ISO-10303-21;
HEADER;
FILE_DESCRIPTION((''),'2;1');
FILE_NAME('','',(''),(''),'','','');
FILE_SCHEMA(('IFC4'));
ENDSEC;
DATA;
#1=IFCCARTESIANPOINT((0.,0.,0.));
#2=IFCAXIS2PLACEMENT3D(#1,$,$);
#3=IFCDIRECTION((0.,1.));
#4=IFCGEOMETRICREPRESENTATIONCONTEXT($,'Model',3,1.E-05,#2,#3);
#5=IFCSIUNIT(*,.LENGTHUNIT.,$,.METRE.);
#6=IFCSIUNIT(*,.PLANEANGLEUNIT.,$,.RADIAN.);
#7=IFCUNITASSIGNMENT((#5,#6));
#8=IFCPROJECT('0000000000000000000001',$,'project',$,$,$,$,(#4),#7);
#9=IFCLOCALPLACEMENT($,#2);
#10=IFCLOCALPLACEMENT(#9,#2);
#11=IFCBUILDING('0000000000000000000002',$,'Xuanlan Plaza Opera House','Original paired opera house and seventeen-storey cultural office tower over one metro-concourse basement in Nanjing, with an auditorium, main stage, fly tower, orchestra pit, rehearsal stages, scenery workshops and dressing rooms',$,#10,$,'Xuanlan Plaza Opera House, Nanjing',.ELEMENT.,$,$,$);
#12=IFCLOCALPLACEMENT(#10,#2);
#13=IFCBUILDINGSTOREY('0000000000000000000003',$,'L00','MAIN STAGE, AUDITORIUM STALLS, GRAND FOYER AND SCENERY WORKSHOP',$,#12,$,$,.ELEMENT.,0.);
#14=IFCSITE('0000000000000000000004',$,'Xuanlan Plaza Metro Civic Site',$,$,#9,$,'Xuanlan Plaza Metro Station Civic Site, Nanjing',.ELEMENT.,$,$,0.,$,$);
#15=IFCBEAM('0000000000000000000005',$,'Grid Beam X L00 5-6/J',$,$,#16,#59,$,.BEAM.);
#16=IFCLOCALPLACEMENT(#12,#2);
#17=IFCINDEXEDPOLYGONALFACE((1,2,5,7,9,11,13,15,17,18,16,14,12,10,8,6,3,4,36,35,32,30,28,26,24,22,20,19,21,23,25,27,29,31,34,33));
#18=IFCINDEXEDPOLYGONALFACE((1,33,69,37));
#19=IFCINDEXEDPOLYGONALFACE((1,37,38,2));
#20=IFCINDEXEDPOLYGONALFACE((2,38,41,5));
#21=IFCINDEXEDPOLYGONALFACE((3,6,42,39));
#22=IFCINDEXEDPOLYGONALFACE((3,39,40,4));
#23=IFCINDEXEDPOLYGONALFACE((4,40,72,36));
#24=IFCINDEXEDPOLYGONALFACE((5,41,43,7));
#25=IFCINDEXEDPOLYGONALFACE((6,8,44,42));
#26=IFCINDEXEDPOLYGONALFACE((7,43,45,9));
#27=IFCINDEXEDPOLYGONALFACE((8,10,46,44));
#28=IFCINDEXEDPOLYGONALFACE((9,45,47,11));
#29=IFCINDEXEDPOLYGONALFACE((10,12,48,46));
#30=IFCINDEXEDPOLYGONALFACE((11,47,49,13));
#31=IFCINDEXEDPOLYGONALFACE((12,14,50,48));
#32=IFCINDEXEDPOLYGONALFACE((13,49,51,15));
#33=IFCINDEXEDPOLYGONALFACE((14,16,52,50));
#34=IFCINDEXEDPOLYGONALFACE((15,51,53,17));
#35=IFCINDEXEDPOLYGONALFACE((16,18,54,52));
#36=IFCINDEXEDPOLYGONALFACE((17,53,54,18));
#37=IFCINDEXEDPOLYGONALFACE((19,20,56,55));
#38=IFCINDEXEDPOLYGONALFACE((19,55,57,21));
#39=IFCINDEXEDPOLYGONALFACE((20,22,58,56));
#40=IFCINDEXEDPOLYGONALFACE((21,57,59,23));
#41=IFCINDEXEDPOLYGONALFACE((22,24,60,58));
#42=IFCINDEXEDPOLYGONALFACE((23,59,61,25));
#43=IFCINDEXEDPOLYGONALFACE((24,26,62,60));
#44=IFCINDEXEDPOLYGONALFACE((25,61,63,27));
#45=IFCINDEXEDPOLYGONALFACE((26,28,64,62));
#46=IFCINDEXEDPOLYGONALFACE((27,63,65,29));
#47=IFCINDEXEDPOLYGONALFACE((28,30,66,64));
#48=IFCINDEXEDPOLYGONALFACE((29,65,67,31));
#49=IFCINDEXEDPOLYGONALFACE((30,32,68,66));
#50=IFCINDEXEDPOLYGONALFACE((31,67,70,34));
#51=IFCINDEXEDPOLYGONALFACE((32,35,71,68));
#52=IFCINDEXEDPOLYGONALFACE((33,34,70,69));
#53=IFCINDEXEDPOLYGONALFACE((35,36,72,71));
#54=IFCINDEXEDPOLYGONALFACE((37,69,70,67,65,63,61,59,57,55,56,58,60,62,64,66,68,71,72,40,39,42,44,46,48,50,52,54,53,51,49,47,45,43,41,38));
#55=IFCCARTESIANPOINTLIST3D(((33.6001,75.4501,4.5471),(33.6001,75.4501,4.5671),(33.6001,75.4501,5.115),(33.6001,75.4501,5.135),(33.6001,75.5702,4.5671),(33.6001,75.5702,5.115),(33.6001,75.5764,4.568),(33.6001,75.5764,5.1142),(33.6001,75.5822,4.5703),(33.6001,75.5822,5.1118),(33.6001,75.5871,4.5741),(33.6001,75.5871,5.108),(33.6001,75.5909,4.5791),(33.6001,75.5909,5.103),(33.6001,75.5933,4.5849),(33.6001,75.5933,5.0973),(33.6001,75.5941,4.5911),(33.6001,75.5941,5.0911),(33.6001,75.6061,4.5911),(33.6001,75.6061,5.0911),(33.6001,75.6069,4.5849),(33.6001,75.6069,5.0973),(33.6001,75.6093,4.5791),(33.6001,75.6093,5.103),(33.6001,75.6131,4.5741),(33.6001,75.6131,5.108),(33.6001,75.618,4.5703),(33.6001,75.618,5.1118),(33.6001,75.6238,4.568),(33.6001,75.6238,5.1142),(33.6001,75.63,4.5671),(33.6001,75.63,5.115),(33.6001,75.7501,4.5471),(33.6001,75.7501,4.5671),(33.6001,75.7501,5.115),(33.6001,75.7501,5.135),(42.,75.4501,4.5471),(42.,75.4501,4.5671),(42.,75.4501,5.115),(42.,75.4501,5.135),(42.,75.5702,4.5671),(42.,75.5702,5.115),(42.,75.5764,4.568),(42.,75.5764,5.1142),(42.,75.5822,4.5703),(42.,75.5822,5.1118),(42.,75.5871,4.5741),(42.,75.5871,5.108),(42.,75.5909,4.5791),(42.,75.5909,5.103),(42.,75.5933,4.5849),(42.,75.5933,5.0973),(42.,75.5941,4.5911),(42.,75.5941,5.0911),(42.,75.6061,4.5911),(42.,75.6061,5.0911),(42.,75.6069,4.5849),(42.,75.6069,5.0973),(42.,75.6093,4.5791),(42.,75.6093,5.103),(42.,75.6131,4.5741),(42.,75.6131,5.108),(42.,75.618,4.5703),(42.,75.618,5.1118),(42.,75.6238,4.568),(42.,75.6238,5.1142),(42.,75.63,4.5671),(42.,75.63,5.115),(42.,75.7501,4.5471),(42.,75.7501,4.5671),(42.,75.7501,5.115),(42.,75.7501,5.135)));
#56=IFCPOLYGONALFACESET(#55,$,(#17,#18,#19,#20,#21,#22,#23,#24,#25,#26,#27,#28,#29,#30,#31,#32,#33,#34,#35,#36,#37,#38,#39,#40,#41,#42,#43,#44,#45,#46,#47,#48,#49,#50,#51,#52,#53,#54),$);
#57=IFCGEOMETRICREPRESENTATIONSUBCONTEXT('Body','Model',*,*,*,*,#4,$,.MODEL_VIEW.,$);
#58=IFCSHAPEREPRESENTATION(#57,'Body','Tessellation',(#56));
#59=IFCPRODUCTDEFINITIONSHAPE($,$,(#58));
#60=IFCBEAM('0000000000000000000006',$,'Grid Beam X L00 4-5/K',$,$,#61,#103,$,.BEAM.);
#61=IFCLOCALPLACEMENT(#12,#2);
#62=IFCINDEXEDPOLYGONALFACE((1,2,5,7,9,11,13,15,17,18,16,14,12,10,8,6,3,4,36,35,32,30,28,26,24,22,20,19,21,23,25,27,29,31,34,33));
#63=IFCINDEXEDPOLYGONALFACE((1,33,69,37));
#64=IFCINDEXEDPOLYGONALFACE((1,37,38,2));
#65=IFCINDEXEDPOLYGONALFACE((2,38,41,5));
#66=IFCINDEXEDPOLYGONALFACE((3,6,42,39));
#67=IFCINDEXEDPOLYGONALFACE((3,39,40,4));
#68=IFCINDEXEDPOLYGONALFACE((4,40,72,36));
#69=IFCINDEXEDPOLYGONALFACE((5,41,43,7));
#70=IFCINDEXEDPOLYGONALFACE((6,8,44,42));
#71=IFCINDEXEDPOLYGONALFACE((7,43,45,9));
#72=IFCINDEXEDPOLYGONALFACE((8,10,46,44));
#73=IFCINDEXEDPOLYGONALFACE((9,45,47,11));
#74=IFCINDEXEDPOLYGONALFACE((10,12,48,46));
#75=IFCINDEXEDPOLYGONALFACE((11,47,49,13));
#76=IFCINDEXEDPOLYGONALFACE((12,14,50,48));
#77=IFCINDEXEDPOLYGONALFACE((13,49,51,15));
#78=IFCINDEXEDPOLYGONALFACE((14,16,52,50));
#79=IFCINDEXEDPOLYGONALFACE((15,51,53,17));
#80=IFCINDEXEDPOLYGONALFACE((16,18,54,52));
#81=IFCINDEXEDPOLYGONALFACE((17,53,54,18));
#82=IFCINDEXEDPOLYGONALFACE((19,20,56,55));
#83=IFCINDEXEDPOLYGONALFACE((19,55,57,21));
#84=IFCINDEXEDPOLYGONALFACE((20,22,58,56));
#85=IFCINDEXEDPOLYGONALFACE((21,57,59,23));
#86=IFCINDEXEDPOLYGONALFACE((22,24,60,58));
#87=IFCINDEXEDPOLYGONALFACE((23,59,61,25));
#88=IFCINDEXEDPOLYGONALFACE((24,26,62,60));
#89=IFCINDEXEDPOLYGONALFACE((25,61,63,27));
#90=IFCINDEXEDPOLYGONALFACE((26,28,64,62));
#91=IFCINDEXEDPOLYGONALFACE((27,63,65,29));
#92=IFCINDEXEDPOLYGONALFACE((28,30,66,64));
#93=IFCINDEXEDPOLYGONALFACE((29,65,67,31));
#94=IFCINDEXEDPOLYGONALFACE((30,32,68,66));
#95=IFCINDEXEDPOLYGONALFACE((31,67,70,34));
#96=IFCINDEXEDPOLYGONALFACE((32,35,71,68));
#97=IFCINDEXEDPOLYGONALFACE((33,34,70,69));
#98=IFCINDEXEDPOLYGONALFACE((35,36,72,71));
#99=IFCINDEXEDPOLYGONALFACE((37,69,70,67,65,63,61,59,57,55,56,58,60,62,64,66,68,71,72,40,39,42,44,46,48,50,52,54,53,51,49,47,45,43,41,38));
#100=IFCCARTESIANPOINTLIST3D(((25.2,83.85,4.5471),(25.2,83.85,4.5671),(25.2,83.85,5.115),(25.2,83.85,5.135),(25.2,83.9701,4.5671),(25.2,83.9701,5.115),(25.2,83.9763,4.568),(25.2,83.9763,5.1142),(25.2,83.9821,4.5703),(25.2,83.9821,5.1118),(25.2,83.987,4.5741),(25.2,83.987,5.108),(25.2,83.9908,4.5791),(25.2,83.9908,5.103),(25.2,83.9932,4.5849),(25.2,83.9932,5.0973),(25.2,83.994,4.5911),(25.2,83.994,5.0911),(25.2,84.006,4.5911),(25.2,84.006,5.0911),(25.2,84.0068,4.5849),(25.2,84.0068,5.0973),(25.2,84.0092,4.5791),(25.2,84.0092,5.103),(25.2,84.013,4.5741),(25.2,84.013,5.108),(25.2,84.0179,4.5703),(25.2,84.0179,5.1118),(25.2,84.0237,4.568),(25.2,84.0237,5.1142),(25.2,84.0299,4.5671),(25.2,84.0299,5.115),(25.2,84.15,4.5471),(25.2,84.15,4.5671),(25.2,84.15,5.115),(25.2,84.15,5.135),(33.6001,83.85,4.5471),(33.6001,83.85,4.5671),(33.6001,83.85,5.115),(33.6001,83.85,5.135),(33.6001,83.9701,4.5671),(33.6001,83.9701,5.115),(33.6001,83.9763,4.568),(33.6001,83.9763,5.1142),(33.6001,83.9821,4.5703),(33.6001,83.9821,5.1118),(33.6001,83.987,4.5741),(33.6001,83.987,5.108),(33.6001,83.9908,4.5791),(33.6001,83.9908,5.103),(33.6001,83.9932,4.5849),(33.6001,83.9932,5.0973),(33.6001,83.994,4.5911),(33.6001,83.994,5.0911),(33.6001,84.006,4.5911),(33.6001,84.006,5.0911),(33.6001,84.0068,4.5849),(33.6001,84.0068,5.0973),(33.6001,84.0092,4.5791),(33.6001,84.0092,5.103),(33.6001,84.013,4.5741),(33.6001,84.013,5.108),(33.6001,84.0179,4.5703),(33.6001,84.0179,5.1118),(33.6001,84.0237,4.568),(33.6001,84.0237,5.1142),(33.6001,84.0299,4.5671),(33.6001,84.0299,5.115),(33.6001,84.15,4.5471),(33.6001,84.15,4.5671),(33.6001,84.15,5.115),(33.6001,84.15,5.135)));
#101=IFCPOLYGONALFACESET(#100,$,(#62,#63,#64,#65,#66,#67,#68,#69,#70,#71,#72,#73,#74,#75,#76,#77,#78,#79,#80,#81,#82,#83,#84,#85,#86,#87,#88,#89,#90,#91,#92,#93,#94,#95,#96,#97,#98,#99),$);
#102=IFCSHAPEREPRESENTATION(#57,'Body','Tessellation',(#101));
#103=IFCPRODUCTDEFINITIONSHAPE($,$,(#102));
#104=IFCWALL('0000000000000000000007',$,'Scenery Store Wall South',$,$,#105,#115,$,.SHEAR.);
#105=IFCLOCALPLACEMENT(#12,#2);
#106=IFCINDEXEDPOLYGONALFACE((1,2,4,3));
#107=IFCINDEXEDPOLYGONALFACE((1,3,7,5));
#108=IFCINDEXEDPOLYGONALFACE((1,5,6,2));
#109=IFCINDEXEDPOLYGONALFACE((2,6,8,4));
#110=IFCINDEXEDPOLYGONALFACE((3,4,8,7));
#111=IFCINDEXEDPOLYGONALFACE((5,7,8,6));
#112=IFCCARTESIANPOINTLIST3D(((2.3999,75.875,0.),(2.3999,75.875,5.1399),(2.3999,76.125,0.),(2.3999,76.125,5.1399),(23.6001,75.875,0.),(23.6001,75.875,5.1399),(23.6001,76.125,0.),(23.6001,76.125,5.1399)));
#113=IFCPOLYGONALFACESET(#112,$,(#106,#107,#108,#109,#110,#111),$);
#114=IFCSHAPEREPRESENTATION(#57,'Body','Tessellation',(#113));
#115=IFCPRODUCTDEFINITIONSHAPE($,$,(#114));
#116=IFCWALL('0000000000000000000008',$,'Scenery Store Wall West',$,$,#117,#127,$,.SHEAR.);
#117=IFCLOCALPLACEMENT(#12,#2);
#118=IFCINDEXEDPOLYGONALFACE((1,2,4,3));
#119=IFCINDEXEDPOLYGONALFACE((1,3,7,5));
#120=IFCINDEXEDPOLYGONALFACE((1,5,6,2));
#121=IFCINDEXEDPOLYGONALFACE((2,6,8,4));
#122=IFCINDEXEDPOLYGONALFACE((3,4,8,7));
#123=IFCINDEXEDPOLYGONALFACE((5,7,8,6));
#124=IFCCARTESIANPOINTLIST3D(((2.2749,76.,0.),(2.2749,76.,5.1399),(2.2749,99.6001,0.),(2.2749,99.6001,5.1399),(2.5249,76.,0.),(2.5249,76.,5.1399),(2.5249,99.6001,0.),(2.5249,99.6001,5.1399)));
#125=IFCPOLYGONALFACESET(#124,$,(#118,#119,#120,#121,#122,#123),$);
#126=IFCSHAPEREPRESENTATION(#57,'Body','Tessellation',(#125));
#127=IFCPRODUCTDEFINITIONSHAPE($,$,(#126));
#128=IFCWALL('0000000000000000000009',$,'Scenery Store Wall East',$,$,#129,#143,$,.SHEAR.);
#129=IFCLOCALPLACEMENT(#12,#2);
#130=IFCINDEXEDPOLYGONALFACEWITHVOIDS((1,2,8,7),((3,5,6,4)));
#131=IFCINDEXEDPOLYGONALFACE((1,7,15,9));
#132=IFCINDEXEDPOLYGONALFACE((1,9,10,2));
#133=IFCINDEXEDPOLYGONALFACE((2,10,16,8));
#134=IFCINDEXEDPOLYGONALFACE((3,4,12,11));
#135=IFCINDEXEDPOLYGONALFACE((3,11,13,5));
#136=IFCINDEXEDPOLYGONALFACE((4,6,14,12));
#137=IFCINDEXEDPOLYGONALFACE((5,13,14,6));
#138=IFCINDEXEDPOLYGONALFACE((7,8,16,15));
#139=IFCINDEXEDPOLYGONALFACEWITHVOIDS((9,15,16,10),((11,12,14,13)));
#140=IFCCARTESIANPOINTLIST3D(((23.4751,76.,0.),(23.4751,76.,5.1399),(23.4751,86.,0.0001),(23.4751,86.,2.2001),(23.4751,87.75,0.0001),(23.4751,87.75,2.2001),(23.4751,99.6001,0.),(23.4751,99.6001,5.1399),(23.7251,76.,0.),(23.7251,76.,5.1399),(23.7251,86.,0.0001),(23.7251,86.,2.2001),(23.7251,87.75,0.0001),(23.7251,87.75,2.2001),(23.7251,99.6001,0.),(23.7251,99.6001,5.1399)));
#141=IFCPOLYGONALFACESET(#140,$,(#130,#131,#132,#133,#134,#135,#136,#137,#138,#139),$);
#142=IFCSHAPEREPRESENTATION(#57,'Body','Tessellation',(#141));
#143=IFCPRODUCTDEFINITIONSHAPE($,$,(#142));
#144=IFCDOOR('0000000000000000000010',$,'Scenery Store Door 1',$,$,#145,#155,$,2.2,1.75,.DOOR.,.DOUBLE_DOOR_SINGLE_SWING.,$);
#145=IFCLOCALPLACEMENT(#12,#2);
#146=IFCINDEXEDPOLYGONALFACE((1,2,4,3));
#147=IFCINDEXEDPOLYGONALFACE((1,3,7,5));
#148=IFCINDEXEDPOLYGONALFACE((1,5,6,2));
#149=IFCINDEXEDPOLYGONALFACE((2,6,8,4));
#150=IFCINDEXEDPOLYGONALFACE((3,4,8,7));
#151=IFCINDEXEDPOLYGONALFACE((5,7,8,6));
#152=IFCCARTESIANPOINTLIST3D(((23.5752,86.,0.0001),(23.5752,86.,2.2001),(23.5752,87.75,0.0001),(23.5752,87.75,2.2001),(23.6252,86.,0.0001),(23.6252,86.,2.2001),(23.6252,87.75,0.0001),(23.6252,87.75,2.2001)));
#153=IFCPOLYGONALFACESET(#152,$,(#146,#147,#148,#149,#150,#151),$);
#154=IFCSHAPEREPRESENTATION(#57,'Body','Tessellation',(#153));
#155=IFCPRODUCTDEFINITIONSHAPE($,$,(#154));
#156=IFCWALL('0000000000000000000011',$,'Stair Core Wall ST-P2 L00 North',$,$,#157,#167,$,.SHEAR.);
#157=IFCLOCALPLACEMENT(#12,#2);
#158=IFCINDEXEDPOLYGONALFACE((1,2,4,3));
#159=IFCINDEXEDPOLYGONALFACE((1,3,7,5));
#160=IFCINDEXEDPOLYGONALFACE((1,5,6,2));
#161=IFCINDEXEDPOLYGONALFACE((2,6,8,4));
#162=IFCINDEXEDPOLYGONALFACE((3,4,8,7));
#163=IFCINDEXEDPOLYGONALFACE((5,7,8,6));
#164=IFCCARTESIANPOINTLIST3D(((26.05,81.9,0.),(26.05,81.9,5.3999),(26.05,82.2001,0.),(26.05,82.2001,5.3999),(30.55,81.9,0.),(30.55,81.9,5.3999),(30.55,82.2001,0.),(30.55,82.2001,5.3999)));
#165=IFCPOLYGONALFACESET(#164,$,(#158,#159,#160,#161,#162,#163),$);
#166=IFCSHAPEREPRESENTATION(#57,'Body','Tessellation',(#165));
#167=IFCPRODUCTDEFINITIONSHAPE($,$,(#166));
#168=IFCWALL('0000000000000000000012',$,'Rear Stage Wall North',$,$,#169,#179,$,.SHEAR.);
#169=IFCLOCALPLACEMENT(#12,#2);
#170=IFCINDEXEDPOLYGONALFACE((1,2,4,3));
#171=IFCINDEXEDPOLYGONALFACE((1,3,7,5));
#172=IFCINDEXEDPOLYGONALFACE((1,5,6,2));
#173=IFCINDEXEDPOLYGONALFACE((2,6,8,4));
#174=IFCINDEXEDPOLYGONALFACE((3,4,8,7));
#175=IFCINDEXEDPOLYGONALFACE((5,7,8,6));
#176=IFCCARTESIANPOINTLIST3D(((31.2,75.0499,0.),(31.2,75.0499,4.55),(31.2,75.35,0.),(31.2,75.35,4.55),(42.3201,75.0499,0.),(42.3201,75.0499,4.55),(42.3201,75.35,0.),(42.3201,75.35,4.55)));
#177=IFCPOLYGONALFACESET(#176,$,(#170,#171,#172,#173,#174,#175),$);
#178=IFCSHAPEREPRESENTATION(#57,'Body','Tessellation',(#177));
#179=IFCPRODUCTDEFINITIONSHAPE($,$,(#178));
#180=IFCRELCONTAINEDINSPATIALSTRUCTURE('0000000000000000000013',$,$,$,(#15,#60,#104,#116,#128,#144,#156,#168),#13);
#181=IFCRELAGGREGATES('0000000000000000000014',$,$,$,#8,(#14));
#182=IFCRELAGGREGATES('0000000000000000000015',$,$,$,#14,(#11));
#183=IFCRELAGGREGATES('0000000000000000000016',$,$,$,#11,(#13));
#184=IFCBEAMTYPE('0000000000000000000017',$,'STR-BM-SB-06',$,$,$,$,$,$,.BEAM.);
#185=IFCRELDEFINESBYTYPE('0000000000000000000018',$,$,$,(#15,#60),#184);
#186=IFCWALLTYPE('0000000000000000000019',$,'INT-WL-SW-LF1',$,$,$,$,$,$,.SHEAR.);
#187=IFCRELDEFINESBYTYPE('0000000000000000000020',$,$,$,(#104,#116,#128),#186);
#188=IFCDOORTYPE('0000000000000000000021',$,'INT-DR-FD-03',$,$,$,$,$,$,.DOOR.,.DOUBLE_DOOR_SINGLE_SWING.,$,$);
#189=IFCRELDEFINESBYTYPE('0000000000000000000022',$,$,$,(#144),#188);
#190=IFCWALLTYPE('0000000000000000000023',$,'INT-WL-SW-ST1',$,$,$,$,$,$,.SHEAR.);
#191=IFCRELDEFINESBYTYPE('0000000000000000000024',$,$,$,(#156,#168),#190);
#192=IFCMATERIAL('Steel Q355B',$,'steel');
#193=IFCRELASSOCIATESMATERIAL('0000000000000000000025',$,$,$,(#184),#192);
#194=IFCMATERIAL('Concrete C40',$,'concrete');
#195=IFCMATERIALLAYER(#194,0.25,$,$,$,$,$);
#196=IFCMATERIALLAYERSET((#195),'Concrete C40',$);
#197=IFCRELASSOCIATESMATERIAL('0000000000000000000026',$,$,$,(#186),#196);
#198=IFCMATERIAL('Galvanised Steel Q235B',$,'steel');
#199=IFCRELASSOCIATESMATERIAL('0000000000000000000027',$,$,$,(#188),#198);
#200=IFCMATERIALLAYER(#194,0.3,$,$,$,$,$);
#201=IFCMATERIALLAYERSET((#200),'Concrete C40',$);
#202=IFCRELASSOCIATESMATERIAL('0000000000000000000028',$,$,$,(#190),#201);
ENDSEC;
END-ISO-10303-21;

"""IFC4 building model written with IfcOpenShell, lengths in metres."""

from ifc_helpers import new_model, si_unit, direction, frame, frame_2d, origin, origin_2d, place, context, subcontext, project, spatial, rectangle, i_section, extrude, material, layer, layer_set, material_profile, profile_set, type_object, element, fill, save


model = new_model("IFC4")

# Units and contexts
model_context = context("Model", 3, precision=1e-05, world=origin(), true_north=direction((0.0, 1.0)))
body_context = subcontext(model_context, "Body", "Model", "MODEL_VIEW")
ifc_project = project(units=[si_unit("LENGTHUNIT", "METRE"), si_unit("PLANEANGLEUNIT", "RADIAN")], contexts=[model_context])

# Site, building, storey
site_placement = place(None, origin())
site = spatial("IfcSite", under=ifc_project, at=site_placement, Name="Xuanlan Plaza Metro Civic Site", LongName="Xuanlan Plaza Metro Station Civic Site, Nanjing", CompositionType="ELEMENT", RefElevation=0.0)
building_placement = place(site_placement, origin())
building = spatial("IfcBuilding", under=site, at=building_placement, Name="Xuanlan Plaza Opera House", Description="Original paired opera house and seventeen-storey cultural office tower over one metro-concourse basement in Nanjing, with an auditorium, main stage, fly tower, orchestra pit, rehearsal stages, scenery workshops and dressing rooms", LongName="Xuanlan Plaza Opera House, Nanjing", CompositionType="ELEMENT")
storey_placement = place(building_placement, origin())
storey = spatial("IfcBuildingStorey", under=building, at=storey_placement, Name="L00", Description="MAIN STAGE, AUDITORIUM STALLS, GRAND FOYER AND SCENERY WORKSHOP", CompositionType="ELEMENT", Elevation=0.0)

# Shared definitions
ifc_material_1 = material(Name="Concrete C40", Category="concrete")

# Beams
ifc_material_2 = material(Name="Steel Q355B", Category="steel")
ifc_material_profile_1 = material_profile(ifc_material_2, i_section(OverallWidth=0.3, OverallDepth=0.5879, WebThickness=0.012, FlangeThickness=0.02, FilletRadius=0.0239, at=origin_2d()), Name="HM 588x300x12x20")
ifc_profile_set_1 = profile_set([ifc_material_profile_1], Name="Steel Q355B")
beam_type_1 = type_object("IfcBeamType", Name="STR-BM-SB-06", PredefinedType="BEAM", material=ifc_profile_set_1)
beam_1_placement = place(storey_placement, frame((33.6001, 75.6001, 4.8411), z_axis=(1.0, 0.0, 0.0), x_axis=(0.0, 1.0, 0.0)))
element("IfcBeam", 1, at=beam_1_placement, inside=storey, type_object=beam_type_1, Name="Grid Beam X L00 5-6/J", PredefinedType="BEAM", context=body_context, shape_type="SweptSolid", body=[
    extrude(i_section(OverallWidth=0.3, OverallDepth=0.5879, WebThickness=0.012, FlangeThickness=0.02, FilletRadius=0.0239, at=origin_2d()), origin(), (0.0, 0.0, 1.0), 8.3999),
])
beam_2_placement = place(storey_placement, frame((25.2, 84.0, 4.8411), z_axis=(1.0, 0.0, 0.0), x_axis=(0.0, 1.0, 0.0)))
element("IfcBeam", 2, at=beam_2_placement, inside=storey, type_object=beam_type_1, Name="Grid Beam X L00 4-5/K", PredefinedType="BEAM", context=body_context, shape_type="SweptSolid", body=[
    extrude(i_section(OverallWidth=0.3, OverallDepth=0.5879, WebThickness=0.012, FlangeThickness=0.02, FilletRadius=0.0239, at=origin_2d()), origin(), (0.0, 0.0, 1.0), 8.4001),
])

# Walls
ifc_layer_1 = layer(ifc_material_1, 0.25)
ifc_layer_set_1 = layer_set([ifc_layer_1], Name="Concrete C40")
wall_type_1 = type_object("IfcWallType", Name="INT-WL-SW-LF1", PredefinedType="SHEAR", material=ifc_layer_set_1)
wall_1_placement = place(storey_placement, frame((2.3999, 76.0, 0.0), z_axis=(0.0, 0.0, 1.0), x_axis=(1.0, 0.0, 0.0)))
element("IfcWall", 3, at=wall_1_placement, inside=storey, type_object=wall_type_1, Name="Scenery Store Wall South", PredefinedType="SHEAR", context=body_context, shape_type="SweptSolid", body=[
    extrude(rectangle(XDim=21.2002, YDim=0.25, at=frame_2d((10.6001, 0.0))), origin(), (0.0, 0.0, 1.0), 5.1399),
])
wall_2_placement = place(storey_placement, frame((2.3999, 76.0, 0.0), z_axis=(0.0, 0.0, 1.0), x_axis=(0.0, 1.0, 0.0)))
element("IfcWall", 4, at=wall_2_placement, inside=storey, type_object=wall_type_1, Name="Scenery Store Wall West", PredefinedType="SHEAR", context=body_context, shape_type="SweptSolid", body=[
    extrude(rectangle(XDim=23.6001, YDim=0.25, at=frame_2d((11.8, 0.0))), origin(), (0.0, 0.0, 1.0), 5.1399),
])

# Wall, opening, door
wall_3_placement = place(storey_placement, frame((23.6001, 76.0, 0.0), z_axis=(0.0, 0.0, 1.0), x_axis=(0.0, 1.0, 0.0)))
wall_3 = element("IfcWall", 5, at=wall_3_placement, inside=storey, type_object=wall_type_1, Name="Scenery Store Wall East", PredefinedType="SHEAR", context=body_context, shape_type="SweptSolid", body=[
    extrude(rectangle(XDim=23.6001, YDim=0.25, at=frame_2d((11.8, 0.0))), origin(), (0.0, 0.0, 1.0), 5.1399),
])
opening_placement = place(wall_3_placement, frame((10.0, 0.0, 0.0)))
opening = element("IfcOpeningElement", 6, at=opening_placement, cuts=wall_3, PredefinedType="OPENING", context=body_context, shape_type="SweptSolid", body=[
    extrude(rectangle(XDim=1.75, YDim=2.2, at=frame_2d((0.875, 1.1001))), frame((0.0, 0.135, 0.0), z_axis=(0.0, -1.0, 0.0), x_axis=(1.0, 0.0, 0.0)), (0.0, 0.0, 1.0), 0.27),
])
ifc_material_3 = material(Name="Galvanised Steel Q235B", Category="steel")
door_type = type_object("IfcDoorType", Name="INT-DR-FD-03", OperationType="DOUBLE_DOOR_SINGLE_SWING", PredefinedType="DOOR", material=ifc_material_3)
door_placement = place(opening_placement, origin())
door = element("IfcDoor", 7, at=door_placement, inside=storey, type_object=door_type, Name="Scenery Store Door 1", OperationType="DOUBLE_DOOR_SINGLE_SWING", OverallHeight=2.2, OverallWidth=1.75, PredefinedType="DOOR", context=body_context, shape_type="SweptSolid", body=[
    extrude(rectangle(XDim=1.75, YDim=2.2, at=frame_2d((0.875, 1.1001))), frame((0.0, 0.0249, 0.0), z_axis=(0.0, -1.0, 0.0), x_axis=(1.0, 0.0, 0.0)), (0.0, 0.0, 1.0), 0.05),
])
fill(opening, door)

# Walls
ifc_layer_2 = layer(ifc_material_1, 0.3)
ifc_layer_set_2 = layer_set([ifc_layer_2], Name="Concrete C40")
wall_type_2 = type_object("IfcWallType", Name="INT-WL-SW-ST1", PredefinedType="SHEAR", material=ifc_layer_set_2)
wall_4_placement = place(storey_placement, frame((26.05, 82.05, 0.0), z_axis=(0.0, 0.0, 1.0), x_axis=(1.0, 0.0, 0.0)))
element("IfcWall", 8, at=wall_4_placement, inside=storey, type_object=wall_type_2, Name="Stair Core Wall ST-P2 L00 North", PredefinedType="SHEAR", context=body_context, shape_type="SweptSolid", body=[
    extrude(rectangle(XDim=4.5, YDim=0.3, at=frame_2d((2.25, 0.0))), origin(), (0.0, 0.0, 1.0), 5.3999),
])
wall_5_placement = place(storey_placement, frame((31.2, 75.2, 0.0), z_axis=(0.0, 0.0, 1.0), x_axis=(1.0, 0.0, 0.0)))
element("IfcWall", 9, at=wall_5_placement, inside=storey, type_object=wall_type_2, Name="Rear Stage Wall North", PredefinedType="SHEAR", context=body_context, shape_type="SweptSolid", body=[
    extrude(rectangle(XDim=11.1201, YDim=0.3, at=frame_2d((5.5601, 0.0))), origin(), (0.0, 0.0, 1.0), 4.55),
])

save(model, "model.ifc")
